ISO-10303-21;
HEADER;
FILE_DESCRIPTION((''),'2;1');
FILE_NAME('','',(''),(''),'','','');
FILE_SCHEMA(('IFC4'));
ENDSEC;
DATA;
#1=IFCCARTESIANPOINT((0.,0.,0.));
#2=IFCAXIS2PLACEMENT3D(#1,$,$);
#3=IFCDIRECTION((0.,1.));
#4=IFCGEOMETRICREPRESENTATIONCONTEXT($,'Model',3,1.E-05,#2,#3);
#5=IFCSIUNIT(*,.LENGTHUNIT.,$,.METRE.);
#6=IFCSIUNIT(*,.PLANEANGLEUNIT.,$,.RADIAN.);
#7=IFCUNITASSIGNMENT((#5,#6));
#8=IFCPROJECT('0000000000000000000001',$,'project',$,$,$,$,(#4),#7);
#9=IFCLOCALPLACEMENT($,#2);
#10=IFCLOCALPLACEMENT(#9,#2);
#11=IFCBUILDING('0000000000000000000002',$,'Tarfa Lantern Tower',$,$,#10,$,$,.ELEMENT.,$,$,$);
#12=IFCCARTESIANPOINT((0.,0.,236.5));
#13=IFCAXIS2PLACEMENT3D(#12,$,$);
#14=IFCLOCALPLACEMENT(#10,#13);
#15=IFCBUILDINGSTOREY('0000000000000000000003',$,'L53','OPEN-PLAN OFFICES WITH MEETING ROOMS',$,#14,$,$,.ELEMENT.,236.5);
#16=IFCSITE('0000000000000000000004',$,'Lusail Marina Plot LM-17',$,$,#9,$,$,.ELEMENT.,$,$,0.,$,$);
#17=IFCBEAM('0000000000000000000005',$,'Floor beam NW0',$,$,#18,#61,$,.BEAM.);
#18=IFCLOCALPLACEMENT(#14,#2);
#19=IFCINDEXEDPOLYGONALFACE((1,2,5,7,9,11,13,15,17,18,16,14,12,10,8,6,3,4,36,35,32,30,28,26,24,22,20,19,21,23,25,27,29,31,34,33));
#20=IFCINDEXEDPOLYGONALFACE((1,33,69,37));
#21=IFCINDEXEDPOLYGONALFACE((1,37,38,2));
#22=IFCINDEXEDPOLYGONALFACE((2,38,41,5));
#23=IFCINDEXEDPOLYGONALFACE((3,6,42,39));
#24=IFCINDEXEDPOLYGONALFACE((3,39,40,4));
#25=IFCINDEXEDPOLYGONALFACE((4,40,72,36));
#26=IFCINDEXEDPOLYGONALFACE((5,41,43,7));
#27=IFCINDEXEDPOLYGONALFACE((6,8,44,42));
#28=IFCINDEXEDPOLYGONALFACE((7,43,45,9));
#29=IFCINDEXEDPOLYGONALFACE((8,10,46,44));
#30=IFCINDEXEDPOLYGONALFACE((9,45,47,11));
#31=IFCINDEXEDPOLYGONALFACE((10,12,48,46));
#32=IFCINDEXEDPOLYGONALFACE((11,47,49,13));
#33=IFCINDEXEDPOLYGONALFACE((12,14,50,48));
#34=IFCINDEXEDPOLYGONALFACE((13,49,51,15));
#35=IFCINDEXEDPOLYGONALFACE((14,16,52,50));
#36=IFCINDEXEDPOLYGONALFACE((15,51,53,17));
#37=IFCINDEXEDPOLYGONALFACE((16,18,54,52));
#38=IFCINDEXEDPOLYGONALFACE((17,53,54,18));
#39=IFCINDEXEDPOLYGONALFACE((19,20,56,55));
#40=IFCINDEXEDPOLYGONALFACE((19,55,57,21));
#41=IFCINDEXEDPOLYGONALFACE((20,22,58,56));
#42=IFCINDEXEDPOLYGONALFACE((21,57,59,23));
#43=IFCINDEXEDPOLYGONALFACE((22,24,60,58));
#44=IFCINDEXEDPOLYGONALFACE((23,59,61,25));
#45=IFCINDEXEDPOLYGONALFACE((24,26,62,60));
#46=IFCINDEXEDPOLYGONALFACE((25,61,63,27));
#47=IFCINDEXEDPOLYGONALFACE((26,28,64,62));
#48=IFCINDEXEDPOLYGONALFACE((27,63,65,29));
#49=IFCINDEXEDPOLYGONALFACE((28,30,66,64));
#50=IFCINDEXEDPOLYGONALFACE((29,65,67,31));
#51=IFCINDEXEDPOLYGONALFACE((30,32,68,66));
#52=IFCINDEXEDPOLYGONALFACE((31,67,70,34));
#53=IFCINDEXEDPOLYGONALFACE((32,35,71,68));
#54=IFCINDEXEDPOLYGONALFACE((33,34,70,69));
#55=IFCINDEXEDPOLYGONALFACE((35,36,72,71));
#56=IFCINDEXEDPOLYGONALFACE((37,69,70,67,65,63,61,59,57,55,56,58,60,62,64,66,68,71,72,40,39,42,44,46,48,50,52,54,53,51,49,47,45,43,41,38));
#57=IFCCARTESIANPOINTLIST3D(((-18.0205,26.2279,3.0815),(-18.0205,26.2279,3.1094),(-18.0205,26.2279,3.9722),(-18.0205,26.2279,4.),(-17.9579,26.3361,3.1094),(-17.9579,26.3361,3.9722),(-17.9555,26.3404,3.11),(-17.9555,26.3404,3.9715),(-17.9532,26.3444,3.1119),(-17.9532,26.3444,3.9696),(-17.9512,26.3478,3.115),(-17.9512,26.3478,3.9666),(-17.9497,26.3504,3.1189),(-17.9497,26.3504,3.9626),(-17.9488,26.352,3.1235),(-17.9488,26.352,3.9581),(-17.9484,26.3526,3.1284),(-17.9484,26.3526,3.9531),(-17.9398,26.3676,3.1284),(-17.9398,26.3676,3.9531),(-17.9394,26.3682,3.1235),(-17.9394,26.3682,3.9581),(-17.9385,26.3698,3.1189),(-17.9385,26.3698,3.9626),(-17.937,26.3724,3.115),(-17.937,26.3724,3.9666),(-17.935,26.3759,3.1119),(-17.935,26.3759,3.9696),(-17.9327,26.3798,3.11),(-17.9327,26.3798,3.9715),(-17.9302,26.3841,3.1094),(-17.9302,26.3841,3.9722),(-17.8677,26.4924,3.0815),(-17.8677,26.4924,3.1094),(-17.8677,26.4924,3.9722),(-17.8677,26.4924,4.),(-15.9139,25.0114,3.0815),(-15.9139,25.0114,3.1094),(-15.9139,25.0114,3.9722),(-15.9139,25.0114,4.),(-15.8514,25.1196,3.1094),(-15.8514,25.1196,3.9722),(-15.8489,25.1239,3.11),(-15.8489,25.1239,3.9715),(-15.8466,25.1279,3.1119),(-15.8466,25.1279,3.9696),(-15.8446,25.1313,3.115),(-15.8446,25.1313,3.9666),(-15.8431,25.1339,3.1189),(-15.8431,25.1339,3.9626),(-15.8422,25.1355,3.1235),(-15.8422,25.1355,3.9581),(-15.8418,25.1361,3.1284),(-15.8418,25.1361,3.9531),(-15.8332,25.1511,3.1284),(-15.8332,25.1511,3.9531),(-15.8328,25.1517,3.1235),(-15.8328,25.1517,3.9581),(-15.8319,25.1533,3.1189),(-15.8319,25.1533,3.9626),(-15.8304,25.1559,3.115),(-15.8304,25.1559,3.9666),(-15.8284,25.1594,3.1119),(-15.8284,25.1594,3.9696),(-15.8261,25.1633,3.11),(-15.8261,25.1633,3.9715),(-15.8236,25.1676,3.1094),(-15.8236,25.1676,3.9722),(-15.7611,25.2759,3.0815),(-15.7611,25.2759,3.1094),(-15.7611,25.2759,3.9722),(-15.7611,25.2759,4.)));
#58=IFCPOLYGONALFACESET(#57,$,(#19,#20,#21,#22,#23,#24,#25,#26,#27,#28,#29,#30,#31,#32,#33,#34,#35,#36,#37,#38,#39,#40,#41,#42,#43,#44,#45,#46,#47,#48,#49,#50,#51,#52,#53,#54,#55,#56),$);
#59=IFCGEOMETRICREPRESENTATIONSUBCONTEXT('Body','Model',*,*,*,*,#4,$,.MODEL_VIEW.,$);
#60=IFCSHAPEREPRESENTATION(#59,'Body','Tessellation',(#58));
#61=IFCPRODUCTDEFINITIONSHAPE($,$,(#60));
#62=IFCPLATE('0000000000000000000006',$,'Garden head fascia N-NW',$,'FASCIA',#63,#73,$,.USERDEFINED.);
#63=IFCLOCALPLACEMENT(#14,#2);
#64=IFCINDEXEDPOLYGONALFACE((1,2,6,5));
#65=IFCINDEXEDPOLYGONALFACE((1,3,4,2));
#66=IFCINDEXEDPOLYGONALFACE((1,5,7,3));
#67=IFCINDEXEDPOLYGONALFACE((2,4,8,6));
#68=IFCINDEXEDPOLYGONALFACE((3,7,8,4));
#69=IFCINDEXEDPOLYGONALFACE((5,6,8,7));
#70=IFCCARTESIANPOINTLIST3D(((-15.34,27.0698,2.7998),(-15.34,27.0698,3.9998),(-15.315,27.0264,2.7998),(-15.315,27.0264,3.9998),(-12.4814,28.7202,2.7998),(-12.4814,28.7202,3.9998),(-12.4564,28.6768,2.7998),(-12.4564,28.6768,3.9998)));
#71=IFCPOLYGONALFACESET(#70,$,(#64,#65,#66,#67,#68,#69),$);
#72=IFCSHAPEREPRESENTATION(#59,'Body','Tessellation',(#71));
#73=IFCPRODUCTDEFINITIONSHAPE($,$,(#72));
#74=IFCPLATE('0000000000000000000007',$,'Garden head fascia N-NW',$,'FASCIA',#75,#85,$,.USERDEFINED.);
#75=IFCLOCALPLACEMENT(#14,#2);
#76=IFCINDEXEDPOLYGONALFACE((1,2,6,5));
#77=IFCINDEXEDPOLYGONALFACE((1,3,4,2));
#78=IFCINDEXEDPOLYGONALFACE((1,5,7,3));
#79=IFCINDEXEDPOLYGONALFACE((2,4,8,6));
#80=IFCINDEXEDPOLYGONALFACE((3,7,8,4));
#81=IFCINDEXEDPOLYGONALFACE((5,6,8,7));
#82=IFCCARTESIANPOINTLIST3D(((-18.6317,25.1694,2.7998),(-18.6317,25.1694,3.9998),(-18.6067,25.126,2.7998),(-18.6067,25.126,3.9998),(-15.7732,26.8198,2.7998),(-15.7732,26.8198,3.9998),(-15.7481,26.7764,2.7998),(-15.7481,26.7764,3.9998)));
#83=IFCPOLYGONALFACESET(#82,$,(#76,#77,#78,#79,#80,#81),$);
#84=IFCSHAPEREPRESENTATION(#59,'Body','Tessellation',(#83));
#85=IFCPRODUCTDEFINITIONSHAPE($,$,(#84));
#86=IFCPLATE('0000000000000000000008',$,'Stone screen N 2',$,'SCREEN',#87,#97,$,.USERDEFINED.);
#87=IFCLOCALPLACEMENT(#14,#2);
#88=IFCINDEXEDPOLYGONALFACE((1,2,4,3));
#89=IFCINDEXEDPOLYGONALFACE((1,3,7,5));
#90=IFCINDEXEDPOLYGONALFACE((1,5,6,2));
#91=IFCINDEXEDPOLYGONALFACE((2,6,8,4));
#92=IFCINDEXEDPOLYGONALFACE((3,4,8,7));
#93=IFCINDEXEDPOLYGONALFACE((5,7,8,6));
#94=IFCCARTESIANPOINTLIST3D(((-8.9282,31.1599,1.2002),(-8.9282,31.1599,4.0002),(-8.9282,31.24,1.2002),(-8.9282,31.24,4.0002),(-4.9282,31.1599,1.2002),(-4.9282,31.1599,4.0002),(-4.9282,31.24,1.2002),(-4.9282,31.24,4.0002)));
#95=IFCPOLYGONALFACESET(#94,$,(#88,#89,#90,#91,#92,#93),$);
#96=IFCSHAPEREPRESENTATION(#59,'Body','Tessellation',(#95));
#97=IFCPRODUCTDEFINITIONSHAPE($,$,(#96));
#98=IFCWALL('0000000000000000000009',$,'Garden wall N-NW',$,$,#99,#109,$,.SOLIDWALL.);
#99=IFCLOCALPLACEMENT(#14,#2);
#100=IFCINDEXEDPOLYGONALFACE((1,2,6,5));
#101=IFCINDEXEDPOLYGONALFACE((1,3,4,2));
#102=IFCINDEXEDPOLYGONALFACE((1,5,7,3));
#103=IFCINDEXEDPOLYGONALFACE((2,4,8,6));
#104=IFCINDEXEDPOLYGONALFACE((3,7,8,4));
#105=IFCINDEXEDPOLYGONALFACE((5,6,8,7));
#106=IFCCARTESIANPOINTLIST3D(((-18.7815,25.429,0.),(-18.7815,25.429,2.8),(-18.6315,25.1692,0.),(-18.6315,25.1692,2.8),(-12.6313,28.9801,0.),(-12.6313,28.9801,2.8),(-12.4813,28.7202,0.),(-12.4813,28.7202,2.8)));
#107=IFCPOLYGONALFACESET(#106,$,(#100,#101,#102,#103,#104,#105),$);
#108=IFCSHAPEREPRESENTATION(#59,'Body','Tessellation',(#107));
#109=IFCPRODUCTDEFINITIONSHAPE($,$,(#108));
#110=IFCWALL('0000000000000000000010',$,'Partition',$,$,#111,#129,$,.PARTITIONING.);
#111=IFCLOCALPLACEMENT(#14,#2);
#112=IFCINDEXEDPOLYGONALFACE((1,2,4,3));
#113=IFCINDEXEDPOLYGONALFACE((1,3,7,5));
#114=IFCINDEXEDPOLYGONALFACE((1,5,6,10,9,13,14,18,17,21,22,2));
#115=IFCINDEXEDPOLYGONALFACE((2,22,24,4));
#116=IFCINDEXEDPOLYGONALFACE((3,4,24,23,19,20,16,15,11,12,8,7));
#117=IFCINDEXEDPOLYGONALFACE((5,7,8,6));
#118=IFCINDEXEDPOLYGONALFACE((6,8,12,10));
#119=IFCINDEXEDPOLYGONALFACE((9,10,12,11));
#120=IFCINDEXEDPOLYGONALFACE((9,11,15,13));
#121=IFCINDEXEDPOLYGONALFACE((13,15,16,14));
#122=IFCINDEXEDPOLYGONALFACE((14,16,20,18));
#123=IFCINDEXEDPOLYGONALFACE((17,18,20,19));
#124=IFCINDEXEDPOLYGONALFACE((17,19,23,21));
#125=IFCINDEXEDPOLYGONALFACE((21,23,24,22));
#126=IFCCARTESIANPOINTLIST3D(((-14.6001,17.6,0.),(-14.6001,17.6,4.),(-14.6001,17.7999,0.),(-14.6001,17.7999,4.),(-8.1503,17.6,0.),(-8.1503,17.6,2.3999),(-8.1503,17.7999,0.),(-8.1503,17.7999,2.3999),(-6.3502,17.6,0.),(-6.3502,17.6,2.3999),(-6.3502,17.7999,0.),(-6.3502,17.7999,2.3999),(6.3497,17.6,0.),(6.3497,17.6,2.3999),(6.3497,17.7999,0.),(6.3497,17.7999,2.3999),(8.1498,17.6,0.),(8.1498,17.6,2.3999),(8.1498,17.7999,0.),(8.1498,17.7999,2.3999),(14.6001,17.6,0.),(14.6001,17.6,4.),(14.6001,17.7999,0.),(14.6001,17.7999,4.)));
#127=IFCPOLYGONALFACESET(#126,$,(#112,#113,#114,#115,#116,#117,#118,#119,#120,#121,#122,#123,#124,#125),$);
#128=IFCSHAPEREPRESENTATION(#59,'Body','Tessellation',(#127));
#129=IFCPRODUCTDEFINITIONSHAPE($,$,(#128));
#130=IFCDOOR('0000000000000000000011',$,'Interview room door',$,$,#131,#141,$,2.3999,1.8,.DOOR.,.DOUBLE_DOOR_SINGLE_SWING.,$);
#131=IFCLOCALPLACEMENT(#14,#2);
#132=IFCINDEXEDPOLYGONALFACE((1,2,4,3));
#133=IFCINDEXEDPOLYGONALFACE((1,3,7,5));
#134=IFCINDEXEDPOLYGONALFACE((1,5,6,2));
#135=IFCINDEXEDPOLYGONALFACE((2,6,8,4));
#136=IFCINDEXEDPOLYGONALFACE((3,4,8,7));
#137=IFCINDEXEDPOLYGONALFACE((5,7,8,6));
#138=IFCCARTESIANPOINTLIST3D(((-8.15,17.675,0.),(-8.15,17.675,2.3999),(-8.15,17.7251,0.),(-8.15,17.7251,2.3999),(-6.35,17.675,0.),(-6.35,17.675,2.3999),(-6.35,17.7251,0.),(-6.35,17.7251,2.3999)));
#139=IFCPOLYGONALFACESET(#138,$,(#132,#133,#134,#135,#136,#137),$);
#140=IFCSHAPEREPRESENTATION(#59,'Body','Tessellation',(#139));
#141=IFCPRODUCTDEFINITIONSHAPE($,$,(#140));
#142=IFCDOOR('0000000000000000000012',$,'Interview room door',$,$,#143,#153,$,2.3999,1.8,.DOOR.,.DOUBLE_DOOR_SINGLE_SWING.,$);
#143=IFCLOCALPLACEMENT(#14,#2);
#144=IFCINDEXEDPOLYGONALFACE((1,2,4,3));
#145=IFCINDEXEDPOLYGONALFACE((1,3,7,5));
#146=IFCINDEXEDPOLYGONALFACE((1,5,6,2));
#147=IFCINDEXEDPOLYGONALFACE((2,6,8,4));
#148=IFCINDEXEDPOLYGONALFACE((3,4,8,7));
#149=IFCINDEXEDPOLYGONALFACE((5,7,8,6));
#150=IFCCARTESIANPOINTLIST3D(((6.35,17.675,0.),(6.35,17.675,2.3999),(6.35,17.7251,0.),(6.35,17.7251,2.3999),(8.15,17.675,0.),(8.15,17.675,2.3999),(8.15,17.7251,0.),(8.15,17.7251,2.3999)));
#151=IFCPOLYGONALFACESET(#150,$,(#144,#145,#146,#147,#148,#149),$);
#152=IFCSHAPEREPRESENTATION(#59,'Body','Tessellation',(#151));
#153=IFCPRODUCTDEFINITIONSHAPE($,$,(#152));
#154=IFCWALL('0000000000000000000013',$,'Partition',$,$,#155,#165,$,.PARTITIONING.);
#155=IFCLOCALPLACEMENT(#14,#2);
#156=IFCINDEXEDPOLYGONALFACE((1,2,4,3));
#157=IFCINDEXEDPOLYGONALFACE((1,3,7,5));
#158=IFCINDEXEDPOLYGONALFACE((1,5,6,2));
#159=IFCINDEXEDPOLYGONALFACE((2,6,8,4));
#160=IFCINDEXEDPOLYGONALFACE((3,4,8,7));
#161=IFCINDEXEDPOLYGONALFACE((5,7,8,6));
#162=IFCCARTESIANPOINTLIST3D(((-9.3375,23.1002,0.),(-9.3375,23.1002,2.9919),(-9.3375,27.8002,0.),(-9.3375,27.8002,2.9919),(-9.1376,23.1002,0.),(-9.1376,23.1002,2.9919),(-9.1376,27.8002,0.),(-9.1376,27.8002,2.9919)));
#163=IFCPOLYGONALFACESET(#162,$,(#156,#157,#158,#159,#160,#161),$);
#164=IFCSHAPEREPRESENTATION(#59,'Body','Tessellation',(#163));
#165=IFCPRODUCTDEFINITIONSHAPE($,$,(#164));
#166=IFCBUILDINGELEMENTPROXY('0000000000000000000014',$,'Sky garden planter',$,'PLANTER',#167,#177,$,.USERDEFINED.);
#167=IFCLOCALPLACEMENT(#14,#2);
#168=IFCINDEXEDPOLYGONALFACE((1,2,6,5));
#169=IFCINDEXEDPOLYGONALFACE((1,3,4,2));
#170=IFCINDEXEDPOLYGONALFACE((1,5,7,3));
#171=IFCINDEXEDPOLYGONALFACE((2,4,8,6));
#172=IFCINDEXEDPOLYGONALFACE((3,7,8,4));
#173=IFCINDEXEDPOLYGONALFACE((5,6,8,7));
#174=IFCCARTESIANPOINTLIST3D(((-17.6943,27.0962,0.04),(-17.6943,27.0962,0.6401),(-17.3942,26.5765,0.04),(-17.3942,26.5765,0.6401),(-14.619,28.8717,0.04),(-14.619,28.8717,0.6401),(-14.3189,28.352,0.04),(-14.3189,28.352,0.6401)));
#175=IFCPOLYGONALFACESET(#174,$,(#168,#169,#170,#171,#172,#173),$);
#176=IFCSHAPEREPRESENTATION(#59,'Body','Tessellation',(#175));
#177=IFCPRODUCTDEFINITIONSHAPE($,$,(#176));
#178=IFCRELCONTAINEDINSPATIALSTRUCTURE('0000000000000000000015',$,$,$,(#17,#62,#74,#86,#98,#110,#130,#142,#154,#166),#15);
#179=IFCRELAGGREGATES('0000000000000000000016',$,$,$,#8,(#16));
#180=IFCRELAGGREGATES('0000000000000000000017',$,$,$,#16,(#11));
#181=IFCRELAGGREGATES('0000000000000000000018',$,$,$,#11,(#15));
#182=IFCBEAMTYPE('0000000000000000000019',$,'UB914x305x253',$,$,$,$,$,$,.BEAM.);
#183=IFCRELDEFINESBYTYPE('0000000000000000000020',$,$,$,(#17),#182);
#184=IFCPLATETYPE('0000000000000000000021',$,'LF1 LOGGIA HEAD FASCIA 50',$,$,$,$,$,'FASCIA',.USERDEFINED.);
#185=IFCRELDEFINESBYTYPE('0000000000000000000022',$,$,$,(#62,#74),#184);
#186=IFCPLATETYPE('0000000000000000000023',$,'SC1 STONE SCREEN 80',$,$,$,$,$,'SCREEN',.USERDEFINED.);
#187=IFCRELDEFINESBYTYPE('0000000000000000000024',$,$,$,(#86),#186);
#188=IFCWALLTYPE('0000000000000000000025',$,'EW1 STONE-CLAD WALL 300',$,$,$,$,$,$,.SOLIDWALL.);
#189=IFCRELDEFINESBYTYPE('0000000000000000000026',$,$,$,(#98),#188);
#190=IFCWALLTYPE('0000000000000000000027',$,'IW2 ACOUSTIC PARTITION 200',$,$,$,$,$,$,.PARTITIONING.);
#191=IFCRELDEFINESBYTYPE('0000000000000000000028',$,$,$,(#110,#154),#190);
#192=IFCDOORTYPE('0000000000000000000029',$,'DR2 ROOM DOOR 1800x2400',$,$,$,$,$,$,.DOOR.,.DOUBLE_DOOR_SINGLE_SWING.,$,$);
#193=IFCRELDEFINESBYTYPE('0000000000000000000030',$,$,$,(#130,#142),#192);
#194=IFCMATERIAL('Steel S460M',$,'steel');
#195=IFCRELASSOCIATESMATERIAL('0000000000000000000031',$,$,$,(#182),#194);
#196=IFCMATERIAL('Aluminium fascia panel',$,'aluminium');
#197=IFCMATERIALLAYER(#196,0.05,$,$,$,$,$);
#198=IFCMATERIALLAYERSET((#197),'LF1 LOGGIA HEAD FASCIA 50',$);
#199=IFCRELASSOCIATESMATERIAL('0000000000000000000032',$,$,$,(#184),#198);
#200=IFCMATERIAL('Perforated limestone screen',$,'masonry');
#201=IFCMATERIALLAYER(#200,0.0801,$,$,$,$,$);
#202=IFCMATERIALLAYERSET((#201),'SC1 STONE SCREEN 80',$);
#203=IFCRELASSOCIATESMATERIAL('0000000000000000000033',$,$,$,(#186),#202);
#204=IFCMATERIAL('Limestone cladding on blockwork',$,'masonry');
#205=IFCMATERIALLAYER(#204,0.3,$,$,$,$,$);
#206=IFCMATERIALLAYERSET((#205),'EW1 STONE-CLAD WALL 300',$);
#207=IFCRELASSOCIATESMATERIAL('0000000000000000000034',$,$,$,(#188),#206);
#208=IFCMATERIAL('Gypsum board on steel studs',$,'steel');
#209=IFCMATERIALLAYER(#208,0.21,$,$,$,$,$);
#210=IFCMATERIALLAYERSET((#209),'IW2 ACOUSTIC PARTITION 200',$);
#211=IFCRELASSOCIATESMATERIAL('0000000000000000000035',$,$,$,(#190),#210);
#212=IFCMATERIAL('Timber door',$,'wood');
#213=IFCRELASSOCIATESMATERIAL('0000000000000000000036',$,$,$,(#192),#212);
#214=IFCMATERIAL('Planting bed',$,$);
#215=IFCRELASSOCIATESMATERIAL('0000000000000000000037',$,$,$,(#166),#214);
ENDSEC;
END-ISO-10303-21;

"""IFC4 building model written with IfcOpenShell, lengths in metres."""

from ifc_helpers import new_model, si_unit, direction, frame, frame_2d, origin, origin_2d, place, context, subcontext, project, spatial, rectangle, i_section, extrude, material, layer, layer_set, material_profile, profile_set, type_object, element, fill, save


model = new_model("IFC4")

# Units and contexts
model_context = context("Model", 3, precision=1e-05, world=origin(), true_north=direction((0.0, 1.0)))
body_context = subcontext(model_context, "Body", "Model", "MODEL_VIEW")
ifc_project = project(units=[si_unit("LENGTHUNIT", "METRE"), si_unit("PLANEANGLEUNIT", "RADIAN")], contexts=[model_context])

# Site, building, storey
site_placement = place(None, origin())
site = spatial("IfcSite", under=ifc_project, at=site_placement, Name="Lusail Marina Plot LM-17", CompositionType="ELEMENT", RefElevation=0.0)
building_placement = place(site_placement, origin())
building = spatial("IfcBuilding", under=site, at=building_placement, Name="Tarfa Lantern Tower", CompositionType="ELEMENT")
storey_placement = place(building_placement, frame((0.0, 0.0, 236.5)))
storey = spatial("IfcBuildingStorey", under=building, at=storey_placement, Name="L53", Description="OPEN-PLAN OFFICES WITH MEETING ROOMS", CompositionType="ELEMENT", Elevation=236.5)

# Beam
ifc_material_1 = material(Name="Steel S460M", Category="steel")
ifc_material_profile_1 = material_profile(ifc_material_1, i_section(OverallWidth=0.3054, OverallDepth=0.9185, WebThickness=0.0173, FlangeThickness=0.0278, FilletRadius=0.019, at=origin_2d()), Name="UB914x305x253")
ifc_profile_set_1 = profile_set([ifc_material_profile_1], Name="Steel S460M")
beam_type_1 = type_object("IfcBeamType", Name="UB914x305x253", PredefinedType="BEAM", material=ifc_profile_set_1)
beam_1_placement = place(storey_placement, frame((-17.9441, 26.3601, 3.5408), z_axis=(0.86598, -0.500079, 0.0), x_axis=(0.500079, 0.86598, 0.0)))
element("IfcBeam", 1, at=beam_1_placement, inside=storey, type_object=beam_type_1, Name="Floor beam NW0", PredefinedType="BEAM", context=body_context, shape_type="SweptSolid", body=[
    extrude(i_section(OverallWidth=0.3054, OverallDepth=0.9185, WebThickness=0.0173, FlangeThickness=0.0278, FilletRadius=0.019, at=origin_2d()), origin(), (0.0, 0.0, 1.0), 2.4326),
])

# Plates
ifc_material_2 = material(Name="Aluminium fascia panel", Category="aluminium")
ifc_layer_1 = layer(ifc_material_2, 0.05)
ifc_layer_set_1 = layer_set([ifc_layer_1], Name="LF1 LOGGIA HEAD FASCIA 50")
plate_type_1 = type_object("IfcPlateType", Name="LF1 LOGGIA HEAD FASCIA 50", ElementType="FASCIA", PredefinedType="USERDEFINED", material=ifc_layer_set_1)
for number, where, z_axis, x_axis, name in (
    (2, (-13.8982, 27.8733, 2.7998), (0.0, 0.0, 1.0), (-0.866025, -0.5, 0.0), "Garden head fascia N-NW"),
    (3, (-17.1899, 25.9729, 2.7998), (0.0, 0.0, 1.0), (-0.866025, -0.5, 0.0), "Garden head fascia N-NW"),
):
    element("IfcPlate", number, at=place(storey_placement, frame(where, z_axis=z_axis, x_axis=x_axis)), inside=storey, type_object=plate_type_1, Name=name, ObjectType="FASCIA", PredefinedType="USERDEFINED", context=body_context, shape_type="SweptSolid", body=[
        extrude(rectangle(XDim=3.3008, YDim=0.05, at=origin_2d()), origin(), (0.0, 0.0, 1.0), 1.2),
    ])
ifc_material_3 = material(Name="Perforated limestone screen", Category="masonry")
ifc_layer_2 = layer(ifc_material_3, 0.0801)
ifc_layer_set_2 = layer_set([ifc_layer_2], Name="SC1 STONE SCREEN 80")
plate_type_2 = type_object("IfcPlateType", Name="SC1 STONE SCREEN 80", ElementType="SCREEN", PredefinedType="USERDEFINED", material=ifc_layer_set_2)
plate_placement = place(storey_placement, frame((-6.9282, 31.2, 1.2002), z_axis=(0.0, 0.0, 1.0), x_axis=(-1.0, 0.0, 0.0)))
element("IfcPlate", 4, at=plate_placement, inside=storey, type_object=plate_type_2, Name="Stone screen N 2", ObjectType="SCREEN", PredefinedType="USERDEFINED", context=body_context, shape_type="SweptSolid", body=[
    extrude(rectangle(XDim=4.0, YDim=0.0801, at=origin_2d()), origin(), (0.0, 0.0, 1.0), 2.8),
])

# Wall
ifc_material_4 = material(Name="Limestone cladding on blockwork", Category="masonry")
ifc_layer_3 = layer(ifc_material_4, 0.3)
ifc_layer_set_3 = layer_set([ifc_layer_3], Name="EW1 STONE-CLAD WALL 300")
wall_type_1 = type_object("IfcWallType", Name="EW1 STONE-CLAD WALL 300", PredefinedType="SOLIDWALL", material=ifc_layer_set_3)
wall_1_placement = place(storey_placement, frame((-12.5564, 28.8501, 0.0), z_axis=(0.0, 0.0, 1.0), x_axis=(-0.866011, -0.500025, 0.0)))
element("IfcWall", 5, at=wall_1_placement, inside=storey, type_object=wall_type_1, Name="Garden wall N-NW", PredefinedType="SOLIDWALL", context=body_context, shape_type="SweptSolid", body=[
    extrude(rectangle(XDim=7.1018, YDim=0.3, at=frame_2d((3.5508, 0.0))), origin(), (0.0, 0.0, 1.0), 2.8),
])

# Wall, openings, doors
ifc_material_5 = material(Name="Gypsum board on steel studs", Category="steel")
ifc_layer_4 = layer(ifc_material_5, 0.21)
ifc_layer_set_4 = layer_set([ifc_layer_4], Name="IW2 ACOUSTIC PARTITION 200")
wall_type_2 = type_object("IfcWallType", Name="IW2 ACOUSTIC PARTITION 200", PredefinedType="PARTITIONING", material=ifc_layer_set_4)
wall_2_placement = place(storey_placement, frame((-14.6001, 17.7, 0.0), z_axis=(0.0, 0.0, 1.0), x_axis=(1.0, 0.0, 0.0)))
wall_2 = element("IfcWall", 6, at=wall_2_placement, inside=storey, type_object=wall_type_2, Name="Partition", PredefinedType="PARTITIONING", context=body_context, shape_type="SweptSolid", body=[
    extrude(rectangle(XDim=29.2002, YDim=0.2, at=frame_2d((14.6001, 0.0))), origin(), (0.0, 0.0, 1.0), 4.0),
])
opening_1_placement = place(wall_2_placement, frame((6.45, 0.0, 0.0)))
opening_1 = element("IfcOpeningElement", 7, at=opening_1_placement, cuts=wall_2, PredefinedType="OPENING", context=body_context, shape_type="SweptSolid", body=[
    extrude(rectangle(XDim=1.8, YDim=2.3999, at=frame_2d((0.8999, 1.2))), frame((0.0, 0.1099, 0.0), z_axis=(0.0, -1.0, 0.0), x_axis=(1.0, 0.0, 0.0)), (0.0, 0.0, 1.0), 0.22),
])
opening_2_placement = place(wall_2_placement, frame((20.95, 0.0, 0.0)))
opening_2 = element("IfcOpeningElement", 8, at=opening_2_placement, cuts=wall_2, PredefinedType="OPENING", context=body_context, shape_type="SweptSolid", body=[
    extrude(rectangle(XDim=1.8, YDim=2.3999, at=frame_2d((0.8999, 1.2))), frame((0.0, 0.1099, 0.0), z_axis=(0.0, -1.0, 0.0), x_axis=(1.0, 0.0, 0.0)), (0.0, 0.0, 1.0), 0.22),
])
ifc_material_6 = material(Name="Timber door", Category="wood")
door_type = type_object("IfcDoorType", Name="DR2 ROOM DOOR 1800x2400", OperationType="DOUBLE_DOOR_SINGLE_SWING", PredefinedType="DOOR", material=ifc_material_6)
door_1_placement = place(opening_1_placement, frame((1.8, 0.0, 0.0), z_axis=(0.0, 0.0, 1.0), x_axis=(-1.0, 0.0, 0.0)))
door_1 = element("IfcDoor", 9, at=door_1_placement, inside=storey, type_object=door_type, Name="Interview room door", OperationType="DOUBLE_DOOR_SINGLE_SWING", OverallHeight=2.3999, OverallWidth=1.8, PredefinedType="DOOR", context=body_context, shape_type="SweptSolid", body=[
    extrude(rectangle(XDim=1.8, YDim=2.3999, at=frame_2d((0.8999, 1.2))), frame((0.0, 0.0249, 0.0), z_axis=(0.0, -1.0, 0.0), x_axis=(1.0, 0.0, 0.0)), (0.0, 0.0, 1.0), 0.05),
])
fill(opening_1, door_1)
door_2_placement = place(opening_2_placement, frame((1.8, 0.0, 0.0), z_axis=(0.0, 0.0, 1.0), x_axis=(-1.0, 0.0, 0.0)))
door_2 = element("IfcDoor", 10, at=door_2_placement, inside=storey, type_object=door_type, Name="Interview room door", OperationType="DOUBLE_DOOR_SINGLE_SWING", OverallHeight=2.3999, OverallWidth=1.8, PredefinedType="DOOR", context=body_context, shape_type="SweptSolid", body=[
    extrude(rectangle(XDim=1.8, YDim=2.3999, at=frame_2d((0.8999, 1.2))), frame((0.0, 0.0249, 0.0), z_axis=(0.0, -1.0, 0.0), x_axis=(1.0, 0.0, 0.0)), (0.0, 0.0, 1.0), 0.05),
])
fill(opening_2, door_2)

# Wall
wall_3_placement = place(storey_placement, frame((-9.2375, 23.1001, 0.0), z_axis=(0.0, 0.0, 1.0), x_axis=(0.0, 1.0, 0.0)))
element("IfcWall", 11, at=wall_3_placement, inside=storey, type_object=wall_type_2, Name="Partition", PredefinedType="PARTITIONING", context=body_context, shape_type="SweptSolid", body=[
    extrude(rectangle(XDim=4.7, YDim=0.2, at=frame_2d((2.3501, 0.0))), origin(), (0.0, 0.0, 1.0), 2.9919),
])

# Building element proxy
ifc_material_7 = material(Name="Planting bed")
proxy_placement = place(storey_placement, frame((-16.0066, 27.7241, 0.04), z_axis=(0.0, 0.0, 1.0), x_axis=(-0.866025, -0.5, 0.0)))
element("IfcBuildingElementProxy", 12, at=proxy_placement, inside=storey, material=ifc_material_7, Name="Sky garden planter", ObjectType="PLANTER", PredefinedType="USERDEFINED", context=body_context, shape_type="SweptSolid", body=[
    extrude(rectangle(XDim=3.551, YDim=0.6001, at=origin_2d()), origin(), (0.0, 0.0, 1.0), 0.6001),
])

save(model, "model.ifc")
